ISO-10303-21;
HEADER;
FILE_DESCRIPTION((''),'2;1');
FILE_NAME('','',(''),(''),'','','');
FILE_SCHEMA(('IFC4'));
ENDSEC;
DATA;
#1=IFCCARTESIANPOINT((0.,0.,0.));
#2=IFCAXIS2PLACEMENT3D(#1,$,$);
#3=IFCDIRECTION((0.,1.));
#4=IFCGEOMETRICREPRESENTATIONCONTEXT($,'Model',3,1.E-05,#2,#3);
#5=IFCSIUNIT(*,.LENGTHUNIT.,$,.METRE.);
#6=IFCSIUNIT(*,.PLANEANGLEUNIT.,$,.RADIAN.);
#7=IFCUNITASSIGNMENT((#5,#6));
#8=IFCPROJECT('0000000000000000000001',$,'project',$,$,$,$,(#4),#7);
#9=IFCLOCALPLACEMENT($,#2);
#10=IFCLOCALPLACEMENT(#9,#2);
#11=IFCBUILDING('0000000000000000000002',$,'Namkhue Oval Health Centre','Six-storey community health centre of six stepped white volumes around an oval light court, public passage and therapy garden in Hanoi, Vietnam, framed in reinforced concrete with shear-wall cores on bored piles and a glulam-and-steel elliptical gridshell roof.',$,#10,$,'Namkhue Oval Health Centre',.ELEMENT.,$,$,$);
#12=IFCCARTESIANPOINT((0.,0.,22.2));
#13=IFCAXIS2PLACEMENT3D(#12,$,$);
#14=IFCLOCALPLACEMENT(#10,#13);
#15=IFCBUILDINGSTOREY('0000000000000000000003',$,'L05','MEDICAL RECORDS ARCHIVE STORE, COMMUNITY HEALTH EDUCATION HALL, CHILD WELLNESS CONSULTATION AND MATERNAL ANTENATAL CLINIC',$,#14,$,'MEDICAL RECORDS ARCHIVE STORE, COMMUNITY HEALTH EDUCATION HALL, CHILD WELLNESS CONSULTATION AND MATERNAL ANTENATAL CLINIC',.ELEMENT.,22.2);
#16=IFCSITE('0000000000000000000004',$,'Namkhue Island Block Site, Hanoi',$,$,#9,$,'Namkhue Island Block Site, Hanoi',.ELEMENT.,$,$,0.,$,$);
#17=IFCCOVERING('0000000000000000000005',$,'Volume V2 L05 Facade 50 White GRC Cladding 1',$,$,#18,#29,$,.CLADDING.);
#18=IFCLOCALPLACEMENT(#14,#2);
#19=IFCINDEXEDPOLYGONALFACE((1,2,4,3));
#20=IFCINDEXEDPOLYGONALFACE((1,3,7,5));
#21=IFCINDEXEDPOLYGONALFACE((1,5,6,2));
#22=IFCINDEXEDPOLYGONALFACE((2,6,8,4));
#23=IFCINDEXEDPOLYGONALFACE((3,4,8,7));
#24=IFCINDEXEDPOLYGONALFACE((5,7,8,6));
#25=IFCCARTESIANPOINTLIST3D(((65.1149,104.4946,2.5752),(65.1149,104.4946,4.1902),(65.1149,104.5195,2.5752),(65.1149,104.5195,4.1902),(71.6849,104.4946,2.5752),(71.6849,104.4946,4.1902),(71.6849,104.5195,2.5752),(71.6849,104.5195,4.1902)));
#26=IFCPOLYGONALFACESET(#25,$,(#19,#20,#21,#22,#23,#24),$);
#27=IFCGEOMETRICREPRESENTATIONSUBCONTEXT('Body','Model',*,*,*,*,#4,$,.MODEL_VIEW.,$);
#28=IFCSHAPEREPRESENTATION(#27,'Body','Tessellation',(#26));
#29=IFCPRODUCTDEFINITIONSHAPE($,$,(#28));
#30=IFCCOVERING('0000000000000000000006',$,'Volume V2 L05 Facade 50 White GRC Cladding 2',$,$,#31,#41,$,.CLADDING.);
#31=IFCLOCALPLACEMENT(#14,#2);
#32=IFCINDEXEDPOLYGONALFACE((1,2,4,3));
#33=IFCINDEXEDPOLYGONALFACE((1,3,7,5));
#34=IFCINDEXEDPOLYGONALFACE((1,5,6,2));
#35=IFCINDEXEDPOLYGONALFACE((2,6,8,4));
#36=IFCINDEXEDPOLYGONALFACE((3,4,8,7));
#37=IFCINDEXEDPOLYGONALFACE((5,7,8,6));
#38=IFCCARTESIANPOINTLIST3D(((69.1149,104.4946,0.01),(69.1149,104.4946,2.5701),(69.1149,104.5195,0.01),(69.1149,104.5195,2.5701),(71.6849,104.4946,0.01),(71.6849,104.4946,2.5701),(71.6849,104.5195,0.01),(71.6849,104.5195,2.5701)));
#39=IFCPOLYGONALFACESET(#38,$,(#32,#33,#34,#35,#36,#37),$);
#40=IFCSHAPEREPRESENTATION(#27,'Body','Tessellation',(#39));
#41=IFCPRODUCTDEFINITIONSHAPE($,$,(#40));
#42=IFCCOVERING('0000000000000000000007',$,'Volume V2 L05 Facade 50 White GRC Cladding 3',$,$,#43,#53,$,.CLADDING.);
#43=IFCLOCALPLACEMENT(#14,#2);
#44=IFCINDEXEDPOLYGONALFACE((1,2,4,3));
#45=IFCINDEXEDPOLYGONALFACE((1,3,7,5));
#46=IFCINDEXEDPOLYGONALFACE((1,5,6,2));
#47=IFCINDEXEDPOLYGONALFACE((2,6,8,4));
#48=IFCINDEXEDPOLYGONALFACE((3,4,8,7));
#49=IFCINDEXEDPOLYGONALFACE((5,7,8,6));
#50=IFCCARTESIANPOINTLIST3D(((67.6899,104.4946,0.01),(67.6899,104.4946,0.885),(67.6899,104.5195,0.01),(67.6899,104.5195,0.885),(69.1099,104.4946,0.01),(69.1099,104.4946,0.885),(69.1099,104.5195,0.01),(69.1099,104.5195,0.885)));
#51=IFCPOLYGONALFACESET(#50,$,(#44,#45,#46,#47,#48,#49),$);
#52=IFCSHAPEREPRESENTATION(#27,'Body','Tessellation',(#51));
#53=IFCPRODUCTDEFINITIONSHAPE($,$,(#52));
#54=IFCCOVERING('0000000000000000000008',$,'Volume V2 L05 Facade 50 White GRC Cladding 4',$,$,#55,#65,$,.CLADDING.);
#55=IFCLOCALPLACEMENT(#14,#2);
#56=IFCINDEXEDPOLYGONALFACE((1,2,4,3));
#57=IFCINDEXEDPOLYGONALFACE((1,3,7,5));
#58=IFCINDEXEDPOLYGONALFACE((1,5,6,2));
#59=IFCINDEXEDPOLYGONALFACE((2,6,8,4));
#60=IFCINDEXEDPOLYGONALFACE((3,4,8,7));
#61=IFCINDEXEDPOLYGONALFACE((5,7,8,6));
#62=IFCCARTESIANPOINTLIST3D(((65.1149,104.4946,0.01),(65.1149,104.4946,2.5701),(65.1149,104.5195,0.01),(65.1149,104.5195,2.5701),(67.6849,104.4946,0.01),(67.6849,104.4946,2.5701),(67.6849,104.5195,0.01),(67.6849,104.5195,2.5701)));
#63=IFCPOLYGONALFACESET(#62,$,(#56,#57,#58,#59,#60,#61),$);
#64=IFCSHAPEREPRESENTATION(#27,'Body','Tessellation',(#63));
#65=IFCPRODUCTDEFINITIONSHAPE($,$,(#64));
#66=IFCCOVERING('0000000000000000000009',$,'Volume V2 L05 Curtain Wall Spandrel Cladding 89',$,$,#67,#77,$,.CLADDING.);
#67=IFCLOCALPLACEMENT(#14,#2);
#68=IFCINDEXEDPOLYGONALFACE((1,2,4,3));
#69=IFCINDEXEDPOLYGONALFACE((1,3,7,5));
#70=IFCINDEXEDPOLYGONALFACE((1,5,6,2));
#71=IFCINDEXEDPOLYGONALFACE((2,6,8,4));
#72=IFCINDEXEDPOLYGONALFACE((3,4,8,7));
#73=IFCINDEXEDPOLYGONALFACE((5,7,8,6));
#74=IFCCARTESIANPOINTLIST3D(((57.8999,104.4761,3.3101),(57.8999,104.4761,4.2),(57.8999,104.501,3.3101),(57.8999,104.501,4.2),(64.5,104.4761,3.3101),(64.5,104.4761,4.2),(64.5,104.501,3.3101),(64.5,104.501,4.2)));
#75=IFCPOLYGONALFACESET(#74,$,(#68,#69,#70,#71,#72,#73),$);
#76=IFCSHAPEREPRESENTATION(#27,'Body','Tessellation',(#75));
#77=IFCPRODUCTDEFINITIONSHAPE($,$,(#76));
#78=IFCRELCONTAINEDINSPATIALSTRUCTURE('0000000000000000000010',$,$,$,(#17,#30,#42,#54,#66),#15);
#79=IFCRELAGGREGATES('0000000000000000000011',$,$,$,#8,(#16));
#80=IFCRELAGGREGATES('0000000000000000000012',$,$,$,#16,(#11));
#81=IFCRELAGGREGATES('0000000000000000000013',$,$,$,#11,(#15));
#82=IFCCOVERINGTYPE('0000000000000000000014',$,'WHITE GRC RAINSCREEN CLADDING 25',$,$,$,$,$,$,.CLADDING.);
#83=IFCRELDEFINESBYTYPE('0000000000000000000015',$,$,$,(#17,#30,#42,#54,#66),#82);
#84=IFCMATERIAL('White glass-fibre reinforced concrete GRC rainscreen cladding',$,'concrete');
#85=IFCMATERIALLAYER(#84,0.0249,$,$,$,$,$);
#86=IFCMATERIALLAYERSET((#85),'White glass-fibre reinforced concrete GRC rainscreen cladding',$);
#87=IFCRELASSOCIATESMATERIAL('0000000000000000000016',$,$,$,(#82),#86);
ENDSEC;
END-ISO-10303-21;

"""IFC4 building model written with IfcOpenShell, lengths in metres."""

from ifc_helpers import new_model, si_unit, direction, frame, origin, origin_2d, place, context, subcontext, project, spatial, rectangle, extrude, material, layer, layer_set, type_object, element, save


model = new_model("IFC4")

# Units and contexts
model_context = context("Model", 3, precision=1e-05, world=origin(), true_north=direction((0.0, 1.0)))
body_context = subcontext(model_context, "Body", "Model", "MODEL_VIEW")
ifc_project = project(units=[si_unit("LENGTHUNIT", "METRE"), si_unit("PLANEANGLEUNIT", "RADIAN")], contexts=[model_context])

# Site, building, storey
site_placement = place(None, origin())
site = spatial("IfcSite", under=ifc_project, at=site_placement, Name="Namkhue Island Block Site, Hanoi", LongName="Namkhue Island Block Site, Hanoi", CompositionType="ELEMENT", RefElevation=0.0)
building_placement = place(site_placement, origin())
building = spatial("IfcBuilding", under=site, at=building_placement, Name="Namkhue Oval Health Centre", Description="Six-storey community health centre of six stepped white volumes around an oval light court, public passage and therapy garden in Hanoi, Vietnam, framed in reinforced concrete with shear-wall cores on bored piles and a glulam-and-steel elliptical gridshell roof.", LongName="Namkhue Oval Health Centre", CompositionType="ELEMENT")
storey_placement = place(building_placement, frame((0.0, 0.0, 22.2)))
storey = spatial("IfcBuildingStorey", under=building, at=storey_placement, Name="L05", Description="MEDICAL RECORDS ARCHIVE STORE, COMMUNITY HEALTH EDUCATION HALL, CHILD WELLNESS CONSULTATION AND MATERNAL ANTENATAL CLINIC", LongName="MEDICAL RECORDS ARCHIVE STORE, COMMUNITY HEALTH EDUCATION HALL, CHILD WELLNESS CONSULTATION AND MATERNAL ANTENATAL CLINIC", CompositionType="ELEMENT", Elevation=22.2)

# Coverings
ifc_material_1 = material(Name="White glass-fibre reinforced concrete GRC rainscreen cladding", Category="concrete")
ifc_layer_1 = layer(ifc_material_1, 0.0249)
ifc_layer_set_1 = layer_set([ifc_layer_1], Name="White glass-fibre reinforced concrete GRC rainscreen cladding")
covering_type = type_object("IfcCoveringType", Name="WHITE GRC RAINSCREEN CLADDING 25", PredefinedType="CLADDING", material=ifc_layer_set_1)
covering_1_placement = place(storey_placement, frame((68.3999, 104.5071, 2.5752), z_axis=(0.0, 0.0, 1.0), x_axis=(-1.0, 0.0, 0.0)))
element("IfcCovering", 1, at=covering_1_placement, inside=storey, type_object=covering_type, Name="Volume V2 L05 Facade 50 White GRC Cladding 1", PredefinedType="CLADDING", context=body_context, shape_type="SweptSolid", body=[
    extrude(rectangle(XDim=6.5701, YDim=0.0249, at=origin_2d()), origin(), (0.0, 0.0, 1.0), 1.615),
])
covering_2_placement = place(storey_placement, frame((70.3999, 104.5071, 0.01), z_axis=(0.0, 0.0, 1.0), x_axis=(-1.0, 0.0, 0.0)))
element("IfcCovering", 2, at=covering_2_placement, inside=storey, type_object=covering_type, Name="Volume V2 L05 Facade 50 White GRC Cladding 2", PredefinedType="CLADDING", context=body_context, shape_type="SweptSolid", body=[
    extrude(rectangle(XDim=2.5701, YDim=0.0249, at=origin_2d()), origin(), (0.0, 0.0, 1.0), 2.5601),
])
covering_3_placement = place(storey_placement, frame((68.3999, 104.5071, 0.01), z_axis=(0.0, 0.0, 1.0), x_axis=(-1.0, 0.0, 0.0)))
element("IfcCovering", 3, at=covering_3_placement, inside=storey, type_object=covering_type, Name="Volume V2 L05 Facade 50 White GRC Cladding 3", PredefinedType="CLADDING", context=body_context, shape_type="SweptSolid", body=[
    extrude(rectangle(XDim=1.4199, YDim=0.0249, at=origin_2d()), origin(), (0.0, 0.0, 1.0), 0.875),
])
covering_4_placement = place(storey_placement, frame((66.3999, 104.5071, 0.01), z_axis=(0.0, 0.0, 1.0), x_axis=(-1.0, 0.0, 0.0)))
element("IfcCovering", 4, at=covering_4_placement, inside=storey, type_object=covering_type, Name="Volume V2 L05 Facade 50 White GRC Cladding 4", PredefinedType="CLADDING", context=body_context, shape_type="SweptSolid", body=[
    extrude(rectangle(XDim=2.5701, YDim=0.0249, at=origin_2d()), origin(), (0.0, 0.0, 1.0), 2.5601),
])
covering_5_placement = place(storey_placement, frame((61.2, 104.4885, 3.3101), z_axis=(0.0, 0.0, 1.0), x_axis=(-1.0, 0.0, 0.0)))
element("IfcCovering", 5, at=covering_5_placement, inside=storey, type_object=covering_type, Name="Volume V2 L05 Curtain Wall Spandrel Cladding 89", PredefinedType="CLADDING", context=body_context, shape_type="SweptSolid", body=[
    extrude(rectangle(XDim=6.6001, YDim=0.0249, at=origin_2d()), origin(), (0.0, 0.0, 1.0), 0.8899),
])

save(model, "model.ifc")
